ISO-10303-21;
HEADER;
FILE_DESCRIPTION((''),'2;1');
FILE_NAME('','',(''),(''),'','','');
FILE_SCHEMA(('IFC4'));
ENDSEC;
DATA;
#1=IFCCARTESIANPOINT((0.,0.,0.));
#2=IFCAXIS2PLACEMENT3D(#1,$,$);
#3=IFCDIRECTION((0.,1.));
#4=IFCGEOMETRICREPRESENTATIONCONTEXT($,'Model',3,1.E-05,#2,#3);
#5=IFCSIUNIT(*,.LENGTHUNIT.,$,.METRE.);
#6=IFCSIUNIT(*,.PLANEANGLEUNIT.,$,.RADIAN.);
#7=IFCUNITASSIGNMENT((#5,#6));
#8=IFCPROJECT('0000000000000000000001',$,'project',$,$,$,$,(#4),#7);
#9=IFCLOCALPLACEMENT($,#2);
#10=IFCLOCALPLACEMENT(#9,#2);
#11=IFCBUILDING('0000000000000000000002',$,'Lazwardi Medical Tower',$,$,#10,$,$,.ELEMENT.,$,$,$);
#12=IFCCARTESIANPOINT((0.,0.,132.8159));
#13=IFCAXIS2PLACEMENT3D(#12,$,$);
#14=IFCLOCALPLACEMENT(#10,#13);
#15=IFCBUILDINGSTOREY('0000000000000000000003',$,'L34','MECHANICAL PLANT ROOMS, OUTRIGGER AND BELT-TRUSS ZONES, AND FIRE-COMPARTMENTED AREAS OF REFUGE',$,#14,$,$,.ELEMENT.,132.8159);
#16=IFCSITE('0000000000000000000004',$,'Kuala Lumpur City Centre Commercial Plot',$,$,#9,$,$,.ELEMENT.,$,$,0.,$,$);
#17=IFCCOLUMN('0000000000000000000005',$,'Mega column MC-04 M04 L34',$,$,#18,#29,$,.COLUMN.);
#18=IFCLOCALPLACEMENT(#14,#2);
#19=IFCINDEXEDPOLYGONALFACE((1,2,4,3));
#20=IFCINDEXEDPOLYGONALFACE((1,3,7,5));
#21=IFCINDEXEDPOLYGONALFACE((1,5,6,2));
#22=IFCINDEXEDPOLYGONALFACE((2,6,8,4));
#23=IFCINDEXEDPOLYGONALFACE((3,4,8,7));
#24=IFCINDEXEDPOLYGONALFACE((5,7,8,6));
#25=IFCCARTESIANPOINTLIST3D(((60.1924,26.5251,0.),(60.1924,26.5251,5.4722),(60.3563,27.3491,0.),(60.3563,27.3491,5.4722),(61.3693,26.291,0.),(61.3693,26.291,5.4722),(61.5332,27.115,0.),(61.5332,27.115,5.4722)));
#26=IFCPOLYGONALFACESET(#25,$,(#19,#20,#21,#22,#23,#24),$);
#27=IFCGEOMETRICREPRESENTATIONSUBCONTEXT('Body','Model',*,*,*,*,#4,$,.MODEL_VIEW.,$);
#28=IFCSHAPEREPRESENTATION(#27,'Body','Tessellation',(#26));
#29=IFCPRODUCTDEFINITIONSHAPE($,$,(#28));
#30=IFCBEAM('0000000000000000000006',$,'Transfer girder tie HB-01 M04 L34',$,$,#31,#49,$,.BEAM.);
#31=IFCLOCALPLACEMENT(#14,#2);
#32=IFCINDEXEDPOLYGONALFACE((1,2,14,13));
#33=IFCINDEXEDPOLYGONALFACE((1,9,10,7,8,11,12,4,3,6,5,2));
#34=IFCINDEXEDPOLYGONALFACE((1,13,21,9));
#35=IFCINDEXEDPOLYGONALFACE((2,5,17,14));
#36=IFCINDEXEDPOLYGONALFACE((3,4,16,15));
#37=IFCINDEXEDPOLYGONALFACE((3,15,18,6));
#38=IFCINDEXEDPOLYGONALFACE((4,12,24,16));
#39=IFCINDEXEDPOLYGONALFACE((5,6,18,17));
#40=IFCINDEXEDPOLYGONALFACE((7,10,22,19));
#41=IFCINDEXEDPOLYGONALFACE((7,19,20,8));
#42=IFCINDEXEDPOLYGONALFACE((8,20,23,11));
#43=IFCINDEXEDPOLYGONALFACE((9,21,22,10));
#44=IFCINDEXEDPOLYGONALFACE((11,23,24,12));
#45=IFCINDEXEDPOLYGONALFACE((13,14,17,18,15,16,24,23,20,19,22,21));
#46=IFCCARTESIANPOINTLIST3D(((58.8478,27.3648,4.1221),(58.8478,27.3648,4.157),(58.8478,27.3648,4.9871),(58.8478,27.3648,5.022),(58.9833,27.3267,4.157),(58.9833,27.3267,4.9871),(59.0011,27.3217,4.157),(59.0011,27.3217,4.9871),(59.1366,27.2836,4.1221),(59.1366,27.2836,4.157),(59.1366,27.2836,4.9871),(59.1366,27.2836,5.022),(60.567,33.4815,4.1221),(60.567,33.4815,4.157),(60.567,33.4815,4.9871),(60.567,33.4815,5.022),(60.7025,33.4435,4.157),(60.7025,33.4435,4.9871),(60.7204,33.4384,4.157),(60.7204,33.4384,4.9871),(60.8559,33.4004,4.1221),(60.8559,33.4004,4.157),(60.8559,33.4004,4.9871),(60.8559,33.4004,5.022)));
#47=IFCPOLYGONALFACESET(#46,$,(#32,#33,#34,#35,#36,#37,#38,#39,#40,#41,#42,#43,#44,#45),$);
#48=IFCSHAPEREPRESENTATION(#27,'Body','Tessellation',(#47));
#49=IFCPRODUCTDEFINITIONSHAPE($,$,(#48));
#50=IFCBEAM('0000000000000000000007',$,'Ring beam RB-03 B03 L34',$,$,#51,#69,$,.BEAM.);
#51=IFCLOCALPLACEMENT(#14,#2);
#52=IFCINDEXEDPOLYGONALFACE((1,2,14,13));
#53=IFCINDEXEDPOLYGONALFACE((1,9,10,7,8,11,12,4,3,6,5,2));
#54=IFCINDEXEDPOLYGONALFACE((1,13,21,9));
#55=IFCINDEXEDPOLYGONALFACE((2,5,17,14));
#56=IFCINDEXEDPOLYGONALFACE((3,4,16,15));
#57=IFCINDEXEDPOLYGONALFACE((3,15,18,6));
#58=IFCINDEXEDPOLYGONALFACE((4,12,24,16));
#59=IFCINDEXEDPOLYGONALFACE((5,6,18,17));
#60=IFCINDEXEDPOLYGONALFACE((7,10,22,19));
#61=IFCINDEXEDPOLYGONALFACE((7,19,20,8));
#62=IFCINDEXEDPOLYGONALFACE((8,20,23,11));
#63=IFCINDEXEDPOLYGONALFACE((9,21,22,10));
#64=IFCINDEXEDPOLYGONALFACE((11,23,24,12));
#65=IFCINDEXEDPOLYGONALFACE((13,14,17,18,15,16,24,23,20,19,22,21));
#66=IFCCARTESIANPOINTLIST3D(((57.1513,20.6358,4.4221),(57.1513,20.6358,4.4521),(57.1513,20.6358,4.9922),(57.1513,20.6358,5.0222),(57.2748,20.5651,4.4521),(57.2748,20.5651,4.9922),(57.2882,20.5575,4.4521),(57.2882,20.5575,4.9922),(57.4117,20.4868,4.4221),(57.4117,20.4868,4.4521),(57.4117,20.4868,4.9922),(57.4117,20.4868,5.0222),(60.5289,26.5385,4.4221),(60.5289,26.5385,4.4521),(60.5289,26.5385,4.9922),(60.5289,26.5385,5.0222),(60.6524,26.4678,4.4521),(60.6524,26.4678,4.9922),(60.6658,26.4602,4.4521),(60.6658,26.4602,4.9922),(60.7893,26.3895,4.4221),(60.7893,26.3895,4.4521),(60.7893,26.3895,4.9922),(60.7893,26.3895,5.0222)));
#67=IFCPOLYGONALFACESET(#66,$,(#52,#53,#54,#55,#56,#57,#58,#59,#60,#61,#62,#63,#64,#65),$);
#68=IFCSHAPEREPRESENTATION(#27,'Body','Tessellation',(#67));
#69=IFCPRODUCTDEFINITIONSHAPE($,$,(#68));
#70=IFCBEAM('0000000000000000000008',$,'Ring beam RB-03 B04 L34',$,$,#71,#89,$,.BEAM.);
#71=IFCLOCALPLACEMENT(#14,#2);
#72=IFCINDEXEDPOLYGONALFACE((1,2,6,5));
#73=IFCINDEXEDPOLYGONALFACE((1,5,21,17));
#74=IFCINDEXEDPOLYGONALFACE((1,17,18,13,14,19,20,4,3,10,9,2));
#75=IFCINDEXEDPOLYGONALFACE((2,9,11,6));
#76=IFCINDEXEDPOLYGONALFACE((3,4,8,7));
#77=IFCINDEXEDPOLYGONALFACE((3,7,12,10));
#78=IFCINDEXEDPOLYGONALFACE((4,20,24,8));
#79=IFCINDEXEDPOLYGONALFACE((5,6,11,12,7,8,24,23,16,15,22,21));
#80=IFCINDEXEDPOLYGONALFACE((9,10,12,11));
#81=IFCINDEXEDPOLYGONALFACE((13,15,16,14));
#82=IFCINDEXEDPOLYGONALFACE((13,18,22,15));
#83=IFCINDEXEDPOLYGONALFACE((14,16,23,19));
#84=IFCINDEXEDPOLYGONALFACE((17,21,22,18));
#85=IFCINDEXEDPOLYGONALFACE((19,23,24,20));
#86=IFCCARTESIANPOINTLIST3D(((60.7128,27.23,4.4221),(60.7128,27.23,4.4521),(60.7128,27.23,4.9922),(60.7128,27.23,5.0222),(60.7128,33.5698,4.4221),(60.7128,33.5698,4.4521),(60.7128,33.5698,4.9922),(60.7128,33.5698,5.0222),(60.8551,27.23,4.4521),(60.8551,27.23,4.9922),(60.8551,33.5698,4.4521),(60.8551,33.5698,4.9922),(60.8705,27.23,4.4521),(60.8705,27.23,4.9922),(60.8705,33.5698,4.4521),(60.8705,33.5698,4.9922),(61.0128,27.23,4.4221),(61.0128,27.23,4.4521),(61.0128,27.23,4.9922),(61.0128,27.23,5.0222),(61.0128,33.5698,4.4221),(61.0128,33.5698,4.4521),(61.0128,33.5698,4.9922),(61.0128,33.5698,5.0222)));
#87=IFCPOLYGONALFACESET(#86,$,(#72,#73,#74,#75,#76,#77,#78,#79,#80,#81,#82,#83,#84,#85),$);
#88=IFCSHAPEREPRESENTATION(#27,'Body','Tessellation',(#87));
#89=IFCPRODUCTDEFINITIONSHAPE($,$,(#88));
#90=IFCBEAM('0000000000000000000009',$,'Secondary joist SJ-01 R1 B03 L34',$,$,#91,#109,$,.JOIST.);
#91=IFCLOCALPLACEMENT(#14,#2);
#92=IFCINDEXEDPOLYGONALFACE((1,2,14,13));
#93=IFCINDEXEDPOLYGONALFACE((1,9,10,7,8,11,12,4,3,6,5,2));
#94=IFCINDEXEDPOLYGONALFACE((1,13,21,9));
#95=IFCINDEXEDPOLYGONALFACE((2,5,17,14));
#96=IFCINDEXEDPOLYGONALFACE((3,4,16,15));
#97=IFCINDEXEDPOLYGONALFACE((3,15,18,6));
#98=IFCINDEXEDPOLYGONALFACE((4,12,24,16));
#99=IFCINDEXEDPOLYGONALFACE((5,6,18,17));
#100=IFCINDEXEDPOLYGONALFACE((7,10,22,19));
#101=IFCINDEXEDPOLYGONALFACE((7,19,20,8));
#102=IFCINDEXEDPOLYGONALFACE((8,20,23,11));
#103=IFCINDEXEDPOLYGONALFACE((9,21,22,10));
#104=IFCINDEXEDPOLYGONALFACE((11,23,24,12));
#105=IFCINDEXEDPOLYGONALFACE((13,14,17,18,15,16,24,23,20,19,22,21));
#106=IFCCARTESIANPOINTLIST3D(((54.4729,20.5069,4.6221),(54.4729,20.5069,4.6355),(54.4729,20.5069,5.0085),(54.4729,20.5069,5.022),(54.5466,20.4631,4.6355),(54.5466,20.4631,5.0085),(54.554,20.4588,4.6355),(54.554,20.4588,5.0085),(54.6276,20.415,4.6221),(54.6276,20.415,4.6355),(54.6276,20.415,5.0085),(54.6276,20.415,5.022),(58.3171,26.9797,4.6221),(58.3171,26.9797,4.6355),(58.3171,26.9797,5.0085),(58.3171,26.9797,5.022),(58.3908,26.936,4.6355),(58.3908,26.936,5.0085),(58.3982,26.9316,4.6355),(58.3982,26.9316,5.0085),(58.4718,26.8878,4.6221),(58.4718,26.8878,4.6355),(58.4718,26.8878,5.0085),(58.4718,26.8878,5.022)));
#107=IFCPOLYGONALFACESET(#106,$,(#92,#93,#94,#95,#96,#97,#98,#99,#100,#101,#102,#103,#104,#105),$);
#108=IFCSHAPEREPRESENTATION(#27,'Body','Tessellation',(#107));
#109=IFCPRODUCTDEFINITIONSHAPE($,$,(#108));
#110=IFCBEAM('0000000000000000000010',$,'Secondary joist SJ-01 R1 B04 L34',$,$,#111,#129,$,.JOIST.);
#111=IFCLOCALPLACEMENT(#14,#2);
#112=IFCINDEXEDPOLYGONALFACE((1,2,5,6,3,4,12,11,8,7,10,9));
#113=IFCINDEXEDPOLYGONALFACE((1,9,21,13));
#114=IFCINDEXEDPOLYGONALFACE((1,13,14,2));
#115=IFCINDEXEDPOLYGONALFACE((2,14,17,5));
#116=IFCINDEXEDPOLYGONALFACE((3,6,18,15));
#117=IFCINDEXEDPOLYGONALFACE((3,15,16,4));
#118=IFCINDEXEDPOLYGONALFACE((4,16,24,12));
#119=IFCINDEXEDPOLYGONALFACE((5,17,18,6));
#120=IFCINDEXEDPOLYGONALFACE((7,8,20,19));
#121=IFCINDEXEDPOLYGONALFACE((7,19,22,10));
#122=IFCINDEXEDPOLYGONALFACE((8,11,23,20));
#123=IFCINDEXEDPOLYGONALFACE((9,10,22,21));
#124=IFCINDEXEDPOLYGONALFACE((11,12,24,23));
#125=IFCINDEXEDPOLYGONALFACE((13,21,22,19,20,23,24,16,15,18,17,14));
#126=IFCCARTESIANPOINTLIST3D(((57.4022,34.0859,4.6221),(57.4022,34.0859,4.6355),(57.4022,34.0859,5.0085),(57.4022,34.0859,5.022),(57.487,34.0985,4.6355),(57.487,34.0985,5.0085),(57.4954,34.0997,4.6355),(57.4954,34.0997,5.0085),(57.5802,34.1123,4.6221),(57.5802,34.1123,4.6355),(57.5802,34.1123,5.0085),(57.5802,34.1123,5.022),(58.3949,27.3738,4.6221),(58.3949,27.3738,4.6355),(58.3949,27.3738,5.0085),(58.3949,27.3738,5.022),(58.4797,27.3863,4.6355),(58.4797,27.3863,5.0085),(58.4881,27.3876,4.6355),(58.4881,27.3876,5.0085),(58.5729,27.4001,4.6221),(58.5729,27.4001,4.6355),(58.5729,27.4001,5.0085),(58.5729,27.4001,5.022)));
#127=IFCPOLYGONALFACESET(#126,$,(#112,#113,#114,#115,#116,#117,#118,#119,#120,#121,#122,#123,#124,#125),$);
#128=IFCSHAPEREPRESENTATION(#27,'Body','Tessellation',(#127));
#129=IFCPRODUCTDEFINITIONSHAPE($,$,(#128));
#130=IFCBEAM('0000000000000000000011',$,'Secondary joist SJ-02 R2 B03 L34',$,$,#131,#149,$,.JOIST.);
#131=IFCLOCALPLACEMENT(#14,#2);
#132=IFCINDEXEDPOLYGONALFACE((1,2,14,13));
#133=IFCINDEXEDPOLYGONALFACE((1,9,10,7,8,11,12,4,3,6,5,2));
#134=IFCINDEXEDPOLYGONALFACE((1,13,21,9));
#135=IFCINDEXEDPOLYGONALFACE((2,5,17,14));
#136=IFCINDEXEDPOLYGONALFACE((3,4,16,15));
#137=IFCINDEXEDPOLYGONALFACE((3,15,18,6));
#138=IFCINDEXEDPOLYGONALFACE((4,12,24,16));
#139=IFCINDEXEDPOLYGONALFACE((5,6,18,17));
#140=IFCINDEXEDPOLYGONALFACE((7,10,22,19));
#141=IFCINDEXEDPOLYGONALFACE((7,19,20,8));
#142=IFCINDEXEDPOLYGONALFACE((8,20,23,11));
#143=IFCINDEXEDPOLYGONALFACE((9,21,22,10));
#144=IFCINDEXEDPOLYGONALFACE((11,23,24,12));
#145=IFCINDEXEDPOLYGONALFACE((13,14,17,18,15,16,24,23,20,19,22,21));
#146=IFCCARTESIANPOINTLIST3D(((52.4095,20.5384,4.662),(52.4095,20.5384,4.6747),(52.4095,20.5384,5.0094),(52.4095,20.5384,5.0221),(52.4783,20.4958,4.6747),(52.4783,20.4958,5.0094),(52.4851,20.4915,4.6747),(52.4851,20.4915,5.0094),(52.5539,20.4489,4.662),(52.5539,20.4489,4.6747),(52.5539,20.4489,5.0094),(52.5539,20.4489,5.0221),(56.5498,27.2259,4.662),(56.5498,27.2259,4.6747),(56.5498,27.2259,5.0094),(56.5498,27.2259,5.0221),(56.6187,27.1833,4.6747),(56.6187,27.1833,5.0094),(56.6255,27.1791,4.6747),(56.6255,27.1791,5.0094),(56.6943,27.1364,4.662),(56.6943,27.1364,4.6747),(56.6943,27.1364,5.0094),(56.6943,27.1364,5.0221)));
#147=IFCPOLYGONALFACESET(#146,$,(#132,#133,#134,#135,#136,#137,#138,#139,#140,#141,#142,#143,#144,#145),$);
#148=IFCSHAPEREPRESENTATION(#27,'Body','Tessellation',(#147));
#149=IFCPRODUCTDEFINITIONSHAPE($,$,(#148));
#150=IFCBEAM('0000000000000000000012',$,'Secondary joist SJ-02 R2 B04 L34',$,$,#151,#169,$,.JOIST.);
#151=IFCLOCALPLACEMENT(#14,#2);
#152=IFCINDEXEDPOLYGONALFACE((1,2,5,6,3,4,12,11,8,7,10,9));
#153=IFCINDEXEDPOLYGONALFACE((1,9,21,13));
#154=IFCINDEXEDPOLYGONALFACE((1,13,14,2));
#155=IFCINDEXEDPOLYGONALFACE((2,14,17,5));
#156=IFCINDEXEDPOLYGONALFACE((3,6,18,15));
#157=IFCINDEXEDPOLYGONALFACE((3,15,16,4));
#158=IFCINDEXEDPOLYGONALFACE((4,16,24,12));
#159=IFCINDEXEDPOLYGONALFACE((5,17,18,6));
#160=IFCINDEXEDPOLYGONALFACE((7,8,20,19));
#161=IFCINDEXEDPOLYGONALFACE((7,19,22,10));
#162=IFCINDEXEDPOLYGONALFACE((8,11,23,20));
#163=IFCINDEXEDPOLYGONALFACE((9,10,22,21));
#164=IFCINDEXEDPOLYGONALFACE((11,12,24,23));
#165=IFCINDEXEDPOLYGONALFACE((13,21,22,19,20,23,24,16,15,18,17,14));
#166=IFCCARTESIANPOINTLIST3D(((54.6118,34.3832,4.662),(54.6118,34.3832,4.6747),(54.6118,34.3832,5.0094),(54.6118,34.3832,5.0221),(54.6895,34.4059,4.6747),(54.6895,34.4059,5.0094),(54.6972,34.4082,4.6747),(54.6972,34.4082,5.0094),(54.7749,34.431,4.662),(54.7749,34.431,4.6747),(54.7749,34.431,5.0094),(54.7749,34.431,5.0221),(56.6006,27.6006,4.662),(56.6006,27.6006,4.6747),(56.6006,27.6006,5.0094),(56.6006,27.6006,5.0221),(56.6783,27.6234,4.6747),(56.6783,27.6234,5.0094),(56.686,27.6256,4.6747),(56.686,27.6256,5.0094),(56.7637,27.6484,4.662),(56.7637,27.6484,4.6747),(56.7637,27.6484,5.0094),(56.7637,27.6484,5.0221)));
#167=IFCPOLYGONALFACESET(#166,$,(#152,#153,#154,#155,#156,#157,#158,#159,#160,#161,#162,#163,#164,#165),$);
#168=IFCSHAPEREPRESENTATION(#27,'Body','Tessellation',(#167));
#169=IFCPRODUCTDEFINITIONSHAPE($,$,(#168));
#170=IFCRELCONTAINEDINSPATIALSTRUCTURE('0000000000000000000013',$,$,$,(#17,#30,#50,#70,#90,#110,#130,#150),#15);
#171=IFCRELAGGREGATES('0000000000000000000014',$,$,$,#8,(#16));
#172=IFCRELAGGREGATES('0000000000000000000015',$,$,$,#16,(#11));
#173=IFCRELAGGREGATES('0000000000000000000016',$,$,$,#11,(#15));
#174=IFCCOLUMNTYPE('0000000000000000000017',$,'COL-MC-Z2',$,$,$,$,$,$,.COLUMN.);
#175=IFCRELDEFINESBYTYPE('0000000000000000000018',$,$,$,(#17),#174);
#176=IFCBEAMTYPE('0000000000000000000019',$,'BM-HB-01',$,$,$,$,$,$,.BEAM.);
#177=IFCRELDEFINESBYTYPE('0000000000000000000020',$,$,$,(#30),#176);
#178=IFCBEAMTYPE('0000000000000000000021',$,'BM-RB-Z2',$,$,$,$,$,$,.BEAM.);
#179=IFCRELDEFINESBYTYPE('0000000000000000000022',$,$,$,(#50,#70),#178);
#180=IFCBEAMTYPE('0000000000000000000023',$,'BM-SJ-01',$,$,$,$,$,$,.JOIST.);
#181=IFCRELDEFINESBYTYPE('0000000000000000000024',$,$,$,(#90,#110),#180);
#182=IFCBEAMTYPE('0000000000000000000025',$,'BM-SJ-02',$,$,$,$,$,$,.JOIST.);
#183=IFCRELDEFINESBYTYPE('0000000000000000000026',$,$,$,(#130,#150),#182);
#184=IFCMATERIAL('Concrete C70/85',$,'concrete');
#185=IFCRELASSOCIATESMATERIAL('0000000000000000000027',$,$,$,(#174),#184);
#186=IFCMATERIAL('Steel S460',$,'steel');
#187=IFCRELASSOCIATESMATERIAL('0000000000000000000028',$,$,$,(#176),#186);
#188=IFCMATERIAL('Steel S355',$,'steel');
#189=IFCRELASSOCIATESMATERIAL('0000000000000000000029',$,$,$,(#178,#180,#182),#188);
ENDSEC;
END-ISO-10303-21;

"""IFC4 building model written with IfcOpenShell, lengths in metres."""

from ifc_helpers import new_model, si_unit, direction, frame, origin, origin_2d, place, context, subcontext, project, spatial, rectangle, i_section, extrude, material, material_profile, profile_set, type_object, element, save


model = new_model("IFC4")

# Units and contexts
model_context = context("Model", 3, precision=1e-05, world=origin(), true_north=direction((0.0, 1.0)))
body_context = subcontext(model_context, "Body", "Model", "MODEL_VIEW")
ifc_project = project(units=[si_unit("LENGTHUNIT", "METRE"), si_unit("PLANEANGLEUNIT", "RADIAN")], contexts=[model_context])

# Site, building, storey
site_placement = place(None, origin())
site = spatial("IfcSite", under=ifc_project, at=site_placement, Name="Kuala Lumpur City Centre Commercial Plot", CompositionType="ELEMENT", RefElevation=0.0)
building_placement = place(site_placement, origin())
building = spatial("IfcBuilding", under=site, at=building_placement, Name="Lazwardi Medical Tower", CompositionType="ELEMENT")
storey_placement = place(building_placement, frame((0.0, 0.0, 132.8159)))
storey = spatial("IfcBuildingStorey", under=building, at=storey_placement, Name="L34", Description="MECHANICAL PLANT ROOMS, OUTRIGGER AND BELT-TRUSS ZONES, AND FIRE-COMPARTMENTED AREAS OF REFUGE", CompositionType="ELEMENT", Elevation=132.8159)

# Column
ifc_material_1 = material(Name="Concrete C70/85", Category="concrete")
ifc_material_profile_1 = material_profile(ifc_material_1, rectangle(XDim=1.2, YDim=0.8401, at=origin_2d()), Name="CFT-RECT 1200x840")
ifc_profile_set_1 = profile_set([ifc_material_profile_1], Name="Concrete C70/85")
column_type = type_object("IfcColumnType", Name="COL-MC-Z2", PredefinedType="COLUMN", material=ifc_profile_set_1)
column_placement = place(storey_placement, frame((60.8628, 26.8201, 0.0), z_axis=(0.0, 0.0, 1.0), x_axis=(0.980785, -0.19509, 0.0)))
element("IfcColumn", 1, at=column_placement, inside=storey, type_object=column_type, Name="Mega column MC-04 M04 L34", PredefinedType="COLUMN", context=body_context, shape_type="SweptSolid", body=[
    extrude(rectangle(XDim=1.2, YDim=0.8401, at=origin_2d()), origin(), (0.0, 0.0, 1.0), 5.4722),
])

# Beams
ifc_material_2 = material(Name="Steel S460", Category="steel")
ifc_material_profile_2 = material_profile(ifc_material_2, i_section(OverallWidth=0.3, OverallDepth=0.8999, WebThickness=0.0186, FlangeThickness=0.0349, at=origin_2d()), Name="HEB 900")
ifc_profile_set_2 = profile_set([ifc_material_profile_2], Name="Steel S460")
beam_type_1 = type_object("IfcBeamType", Name="BM-HB-01", PredefinedType="BEAM", material=ifc_profile_set_2)
beam_1_placement = place(storey_placement, frame((58.9922, 27.3242, 4.572), z_axis=(0.270588, 0.962695, 0.0), x_axis=(-0.962695, 0.270588, 0.0)))
element("IfcBeam", 2, at=beam_1_placement, inside=storey, type_object=beam_type_1, Name="Transfer girder tie HB-01 M04 L34", PredefinedType="BEAM", context=body_context, shape_type="SweptSolid", body=[
    extrude(i_section(OverallWidth=0.3, OverallDepth=0.8999, WebThickness=0.0186, FlangeThickness=0.0349, at=origin_2d()), origin(), (0.0, 0.0, 1.0), 6.3538),
])
ifc_material_3 = material(Name="Steel S355", Category="steel")
ifc_material_profile_3 = material_profile(ifc_material_3, i_section(OverallWidth=0.3, OverallDepth=0.6001, WebThickness=0.0154, FlangeThickness=0.03, at=origin_2d()), Name="HEB 600")
ifc_profile_set_3 = profile_set([ifc_material_profile_3], Name="Steel S355")
beam_type_2 = type_object("IfcBeamType", Name="BM-RB-Z2", PredefinedType="BEAM", material=ifc_profile_set_3)
beam_2_placement = place(storey_placement, frame((57.2815, 20.5613, 4.7222), z_axis=(0.496653, 0.867949, 0.0), x_axis=(-0.867949, 0.496653, 0.0)))
element("IfcBeam", 3, at=beam_2_placement, inside=storey, type_object=beam_type_2, Name="Ring beam RB-03 B03 L34", PredefinedType="BEAM", context=body_context, shape_type="SweptSolid", body=[
    extrude(i_section(OverallWidth=0.3, OverallDepth=0.6001, WebThickness=0.0154, FlangeThickness=0.03, at=origin_2d()), origin(), (0.0, 0.0, 1.0), 6.8008),
])
beam_3_placement = place(storey_placement, frame((60.8628, 27.23, 4.7222), z_axis=(0.0, 1.0, 0.0), x_axis=(-1.0, 0.0, 0.0)))
element("IfcBeam", 4, at=beam_3_placement, inside=storey, type_object=beam_type_2, Name="Ring beam RB-03 B04 L34", PredefinedType="BEAM", context=body_context, shape_type="SweptSolid", body=[
    extrude(i_section(OverallWidth=0.3, OverallDepth=0.6001, WebThickness=0.0154, FlangeThickness=0.03, at=origin_2d()), origin(), (0.0, 0.0, 1.0), 6.3398),
])
ifc_material_profile_4 = material_profile(ifc_material_3, i_section(OverallWidth=0.1799, OverallDepth=0.3999, WebThickness=0.0085, FlangeThickness=0.0134, at=origin_2d()), Name="IPE 400")
ifc_profile_set_4 = profile_set([ifc_material_profile_4], Name="Steel S355")
beam_type_3 = type_object("IfcBeamType", Name="BM-SJ-01", PredefinedType="JOIST", material=ifc_profile_set_4)
beam_4_placement = place(storey_placement, frame((54.5503, 20.4609, 4.822), z_axis=(0.510632, 0.859799, 0.0), x_axis=(-0.859799, 0.510632, 0.0)))
element("IfcBeam", 5, at=beam_4_placement, inside=storey, type_object=beam_type_3, Name="Secondary joist SJ-01 R1 B03 L34", PredefinedType="JOIST", context=body_context, shape_type="SweptSolid", body=[
    extrude(i_section(OverallWidth=0.1799, OverallDepth=0.3999, WebThickness=0.0085, FlangeThickness=0.0134, at=origin_2d()), origin(), (0.0, 0.0, 1.0), 7.5283),
])
beam_5_placement = place(storey_placement, frame((58.4839, 27.387, 4.822), z_axis=(-0.146301, 0.98924, 0.0), x_axis=(-0.98924, -0.146301, 0.0)))
element("IfcBeam", 6, at=beam_5_placement, inside=storey, type_object=beam_type_3, Name="Secondary joist SJ-01 R1 B04 L34", PredefinedType="JOIST", context=body_context, shape_type="SweptSolid", body=[
    extrude(i_section(OverallWidth=0.1799, OverallDepth=0.3999, WebThickness=0.0085, FlangeThickness=0.0134, at=origin_2d()), origin(), (0.0, 0.0, 1.0), 6.7852),
])
ifc_material_profile_5 = material_profile(ifc_material_3, i_section(OverallWidth=0.1699, OverallDepth=0.3601, WebThickness=0.0081, FlangeThickness=0.0127, at=origin_2d()), Name="IPE 360")
ifc_profile_set_5 = profile_set([ifc_material_profile_5], Name="Steel S355")
beam_type_4 = type_object("IfcBeamType", Name="BM-SJ-02", PredefinedType="JOIST", material=ifc_profile_set_5)
beam_6_placement = place(storey_placement, frame((52.4817, 20.4937, 4.842), z_axis=(0.526401, 0.850237, 0.0), x_axis=(-0.850237, 0.526401, 0.0)))
element("IfcBeam", 7, at=beam_6_placement, inside=storey, type_object=beam_type_4, Name="Secondary joist SJ-02 R2 B03 L34", PredefinedType="JOIST", context=body_context, shape_type="SweptSolid", body=[
    extrude(i_section(OverallWidth=0.1699, OverallDepth=0.3601, WebThickness=0.0081, FlangeThickness=0.0127, at=origin_2d()), origin(), (0.0, 0.0, 1.0), 7.8655),
])
beam_7_placement = place(storey_placement, frame((56.6821, 27.6245, 4.842), z_axis=(-0.281375, 0.959598, 0.0), x_axis=(-0.959598, -0.281375, 0.0)))
element("IfcBeam", 8, at=beam_7_placement, inside=storey, type_object=beam_type_4, Name="Secondary joist SJ-02 R2 B04 L34", PredefinedType="JOIST", context=body_context, shape_type="SweptSolid", body=[
    extrude(i_section(OverallWidth=0.1699, OverallDepth=0.3601, WebThickness=0.0081, FlangeThickness=0.0127, at=origin_2d()), origin(), (0.0, 0.0, 1.0), 7.0681),
])

save(model, "model.ifc")
